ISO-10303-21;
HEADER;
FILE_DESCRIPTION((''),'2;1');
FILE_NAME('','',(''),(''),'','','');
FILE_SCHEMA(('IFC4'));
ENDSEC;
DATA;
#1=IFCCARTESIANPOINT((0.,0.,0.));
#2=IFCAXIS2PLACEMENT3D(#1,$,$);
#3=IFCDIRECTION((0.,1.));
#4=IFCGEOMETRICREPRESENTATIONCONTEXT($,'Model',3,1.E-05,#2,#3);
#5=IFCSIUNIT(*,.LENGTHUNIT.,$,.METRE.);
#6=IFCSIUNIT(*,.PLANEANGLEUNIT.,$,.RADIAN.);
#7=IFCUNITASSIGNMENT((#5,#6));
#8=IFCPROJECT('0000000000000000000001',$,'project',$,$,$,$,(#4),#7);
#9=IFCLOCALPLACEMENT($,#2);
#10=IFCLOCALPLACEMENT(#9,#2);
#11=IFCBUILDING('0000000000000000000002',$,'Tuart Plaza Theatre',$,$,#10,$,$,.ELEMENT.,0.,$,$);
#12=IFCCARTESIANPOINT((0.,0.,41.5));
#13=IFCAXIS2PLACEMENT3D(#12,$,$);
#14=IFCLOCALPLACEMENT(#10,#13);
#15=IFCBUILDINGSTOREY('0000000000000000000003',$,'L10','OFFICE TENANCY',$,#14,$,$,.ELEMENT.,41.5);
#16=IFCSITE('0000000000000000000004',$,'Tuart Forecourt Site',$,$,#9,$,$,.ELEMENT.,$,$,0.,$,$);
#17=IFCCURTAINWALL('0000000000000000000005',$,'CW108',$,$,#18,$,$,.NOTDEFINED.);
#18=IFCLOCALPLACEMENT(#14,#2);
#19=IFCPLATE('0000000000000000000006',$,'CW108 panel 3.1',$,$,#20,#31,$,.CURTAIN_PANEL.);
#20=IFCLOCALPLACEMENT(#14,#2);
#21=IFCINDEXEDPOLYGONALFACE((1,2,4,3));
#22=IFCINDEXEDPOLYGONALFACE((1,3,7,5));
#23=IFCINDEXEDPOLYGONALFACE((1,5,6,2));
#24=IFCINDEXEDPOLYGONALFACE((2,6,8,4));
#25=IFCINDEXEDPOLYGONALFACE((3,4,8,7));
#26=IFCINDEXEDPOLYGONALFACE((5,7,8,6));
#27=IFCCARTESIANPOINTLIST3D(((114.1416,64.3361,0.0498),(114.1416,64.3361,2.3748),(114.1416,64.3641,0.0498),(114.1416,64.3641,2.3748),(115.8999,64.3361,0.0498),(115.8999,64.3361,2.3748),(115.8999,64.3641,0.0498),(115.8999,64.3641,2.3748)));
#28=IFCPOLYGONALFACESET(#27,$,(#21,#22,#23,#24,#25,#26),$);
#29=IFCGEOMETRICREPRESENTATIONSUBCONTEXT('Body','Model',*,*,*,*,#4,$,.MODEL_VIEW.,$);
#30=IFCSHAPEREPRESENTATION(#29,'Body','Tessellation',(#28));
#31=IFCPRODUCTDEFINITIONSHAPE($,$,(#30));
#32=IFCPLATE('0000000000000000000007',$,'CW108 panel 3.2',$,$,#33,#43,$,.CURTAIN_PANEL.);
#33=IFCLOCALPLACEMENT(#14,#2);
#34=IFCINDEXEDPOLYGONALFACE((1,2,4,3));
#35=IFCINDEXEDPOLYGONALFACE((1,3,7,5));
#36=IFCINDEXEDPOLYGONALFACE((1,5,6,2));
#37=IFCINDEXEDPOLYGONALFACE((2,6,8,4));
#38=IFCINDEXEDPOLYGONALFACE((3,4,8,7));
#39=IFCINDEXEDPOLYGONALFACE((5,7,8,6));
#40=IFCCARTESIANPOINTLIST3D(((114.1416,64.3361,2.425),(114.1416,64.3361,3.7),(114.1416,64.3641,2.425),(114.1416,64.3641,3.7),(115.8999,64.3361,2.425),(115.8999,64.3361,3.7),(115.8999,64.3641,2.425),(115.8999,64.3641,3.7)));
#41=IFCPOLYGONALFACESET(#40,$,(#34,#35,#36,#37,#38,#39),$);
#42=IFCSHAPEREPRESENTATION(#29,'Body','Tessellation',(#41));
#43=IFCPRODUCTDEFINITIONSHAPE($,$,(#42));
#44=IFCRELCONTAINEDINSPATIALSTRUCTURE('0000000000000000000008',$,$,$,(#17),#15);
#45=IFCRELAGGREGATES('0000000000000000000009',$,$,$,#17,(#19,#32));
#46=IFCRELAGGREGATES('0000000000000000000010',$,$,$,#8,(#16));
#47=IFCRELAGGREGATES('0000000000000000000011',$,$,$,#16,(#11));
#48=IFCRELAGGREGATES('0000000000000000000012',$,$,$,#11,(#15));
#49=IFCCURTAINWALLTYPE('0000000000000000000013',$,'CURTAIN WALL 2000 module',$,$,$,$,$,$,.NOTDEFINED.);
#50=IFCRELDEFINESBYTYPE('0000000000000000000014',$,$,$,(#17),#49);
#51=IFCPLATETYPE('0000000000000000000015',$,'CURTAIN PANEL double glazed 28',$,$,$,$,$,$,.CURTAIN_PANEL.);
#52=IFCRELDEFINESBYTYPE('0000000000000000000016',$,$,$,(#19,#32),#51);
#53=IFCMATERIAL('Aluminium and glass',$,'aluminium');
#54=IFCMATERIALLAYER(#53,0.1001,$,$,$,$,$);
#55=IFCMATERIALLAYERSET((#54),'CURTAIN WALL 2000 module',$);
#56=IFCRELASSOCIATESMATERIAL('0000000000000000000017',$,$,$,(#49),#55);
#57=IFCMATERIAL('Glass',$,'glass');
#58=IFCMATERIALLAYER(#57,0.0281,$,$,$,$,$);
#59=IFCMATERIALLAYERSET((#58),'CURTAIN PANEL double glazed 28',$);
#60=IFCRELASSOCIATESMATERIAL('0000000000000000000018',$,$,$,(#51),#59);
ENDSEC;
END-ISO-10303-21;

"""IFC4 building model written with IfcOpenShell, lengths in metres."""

from ifc_helpers import new_model, si_unit, direction, frame, origin, origin_2d, place, context, subcontext, project, spatial, rectangle, extrude, material, layer, layer_set, type_object, element, aggregate, save


model = new_model("IFC4")

# Units and contexts
model_context = context("Model", 3, precision=1e-05, world=origin(), true_north=direction((0.0, 1.0)))
body_context = subcontext(model_context, "Body", "Model", "MODEL_VIEW")
ifc_project = project(units=[si_unit("LENGTHUNIT", "METRE"), si_unit("PLANEANGLEUNIT", "RADIAN")], contexts=[model_context])

# Site, building, storey
site_placement = place(None, origin())
site = spatial("IfcSite", under=ifc_project, at=site_placement, Name="Tuart Forecourt Site", CompositionType="ELEMENT", RefElevation=0.0)
building_placement = place(site_placement, origin())
building = spatial("IfcBuilding", under=site, at=building_placement, Name="Tuart Plaza Theatre", CompositionType="ELEMENT", ElevationOfRefHeight=0.0)
storey_placement = place(building_placement, frame((0.0, 0.0, 41.5)))
storey = spatial("IfcBuildingStorey", under=building, at=storey_placement, Name="L10", Description="OFFICE TENANCY", CompositionType="ELEMENT", Elevation=41.5)

# Curtain wall, plates
ifc_material_1 = material(Name="Aluminium and glass", Category="aluminium")
ifc_layer_1 = layer(ifc_material_1, 0.1001)
ifc_layer_set_1 = layer_set([ifc_layer_1], Name="CURTAIN WALL 2000 module")
curtain_wall_type = type_object("IfcCurtainWallType", Name="CURTAIN WALL 2000 module", PredefinedType="NOTDEFINED", material=ifc_layer_set_1)
curtain_wall_placement = place(storey_placement, origin())
curtain_wall = element("IfcCurtainWall", 1, at=curtain_wall_placement, inside=storey, type_object=curtain_wall_type, Name="CW108", PredefinedType="NOTDEFINED")
ifc_material_2 = material(Name="Glass", Category="glass")
ifc_layer_2 = layer(ifc_material_2, 0.0281)
ifc_layer_set_2 = layer_set([ifc_layer_2], Name="CURTAIN PANEL double glazed 28")
plate_type = type_object("IfcPlateType", Name="CURTAIN PANEL double glazed 28", PredefinedType="CURTAIN_PANEL", material=ifc_layer_set_2)
plate_1_placement = place(storey_placement, frame((115.0208, 64.3501, 0.0498), z_axis=(0.0, 0.0, 1.0), x_axis=(1.0, 0.0, 0.0)))
plate_1 = element("IfcPlate", 2, at=plate_1_placement, type_object=plate_type, Name="CW108 panel 3.1", PredefinedType="CURTAIN_PANEL", context=body_context, shape_type="SweptSolid", body=[
    extrude(rectangle(XDim=1.7583, YDim=0.0281, at=origin_2d()), origin(), (0.0, 0.0, 1.0), 2.325),
])
plate_2_placement = place(storey_placement, frame((115.0208, 64.3501, 2.425), z_axis=(0.0, 0.0, 1.0), x_axis=(1.0, 0.0, 0.0)))
plate_2 = element("IfcPlate", 3, at=plate_2_placement, type_object=plate_type, Name="CW108 panel 3.2", PredefinedType="CURTAIN_PANEL", context=body_context, shape_type="SweptSolid", body=[
    extrude(rectangle(XDim=1.7583, YDim=0.0281, at=origin_2d()), origin(), (0.0, 0.0, 1.0), 1.2749),
])
aggregate(curtain_wall, [plate_1, plate_2])

save(model, "model.ifc")
